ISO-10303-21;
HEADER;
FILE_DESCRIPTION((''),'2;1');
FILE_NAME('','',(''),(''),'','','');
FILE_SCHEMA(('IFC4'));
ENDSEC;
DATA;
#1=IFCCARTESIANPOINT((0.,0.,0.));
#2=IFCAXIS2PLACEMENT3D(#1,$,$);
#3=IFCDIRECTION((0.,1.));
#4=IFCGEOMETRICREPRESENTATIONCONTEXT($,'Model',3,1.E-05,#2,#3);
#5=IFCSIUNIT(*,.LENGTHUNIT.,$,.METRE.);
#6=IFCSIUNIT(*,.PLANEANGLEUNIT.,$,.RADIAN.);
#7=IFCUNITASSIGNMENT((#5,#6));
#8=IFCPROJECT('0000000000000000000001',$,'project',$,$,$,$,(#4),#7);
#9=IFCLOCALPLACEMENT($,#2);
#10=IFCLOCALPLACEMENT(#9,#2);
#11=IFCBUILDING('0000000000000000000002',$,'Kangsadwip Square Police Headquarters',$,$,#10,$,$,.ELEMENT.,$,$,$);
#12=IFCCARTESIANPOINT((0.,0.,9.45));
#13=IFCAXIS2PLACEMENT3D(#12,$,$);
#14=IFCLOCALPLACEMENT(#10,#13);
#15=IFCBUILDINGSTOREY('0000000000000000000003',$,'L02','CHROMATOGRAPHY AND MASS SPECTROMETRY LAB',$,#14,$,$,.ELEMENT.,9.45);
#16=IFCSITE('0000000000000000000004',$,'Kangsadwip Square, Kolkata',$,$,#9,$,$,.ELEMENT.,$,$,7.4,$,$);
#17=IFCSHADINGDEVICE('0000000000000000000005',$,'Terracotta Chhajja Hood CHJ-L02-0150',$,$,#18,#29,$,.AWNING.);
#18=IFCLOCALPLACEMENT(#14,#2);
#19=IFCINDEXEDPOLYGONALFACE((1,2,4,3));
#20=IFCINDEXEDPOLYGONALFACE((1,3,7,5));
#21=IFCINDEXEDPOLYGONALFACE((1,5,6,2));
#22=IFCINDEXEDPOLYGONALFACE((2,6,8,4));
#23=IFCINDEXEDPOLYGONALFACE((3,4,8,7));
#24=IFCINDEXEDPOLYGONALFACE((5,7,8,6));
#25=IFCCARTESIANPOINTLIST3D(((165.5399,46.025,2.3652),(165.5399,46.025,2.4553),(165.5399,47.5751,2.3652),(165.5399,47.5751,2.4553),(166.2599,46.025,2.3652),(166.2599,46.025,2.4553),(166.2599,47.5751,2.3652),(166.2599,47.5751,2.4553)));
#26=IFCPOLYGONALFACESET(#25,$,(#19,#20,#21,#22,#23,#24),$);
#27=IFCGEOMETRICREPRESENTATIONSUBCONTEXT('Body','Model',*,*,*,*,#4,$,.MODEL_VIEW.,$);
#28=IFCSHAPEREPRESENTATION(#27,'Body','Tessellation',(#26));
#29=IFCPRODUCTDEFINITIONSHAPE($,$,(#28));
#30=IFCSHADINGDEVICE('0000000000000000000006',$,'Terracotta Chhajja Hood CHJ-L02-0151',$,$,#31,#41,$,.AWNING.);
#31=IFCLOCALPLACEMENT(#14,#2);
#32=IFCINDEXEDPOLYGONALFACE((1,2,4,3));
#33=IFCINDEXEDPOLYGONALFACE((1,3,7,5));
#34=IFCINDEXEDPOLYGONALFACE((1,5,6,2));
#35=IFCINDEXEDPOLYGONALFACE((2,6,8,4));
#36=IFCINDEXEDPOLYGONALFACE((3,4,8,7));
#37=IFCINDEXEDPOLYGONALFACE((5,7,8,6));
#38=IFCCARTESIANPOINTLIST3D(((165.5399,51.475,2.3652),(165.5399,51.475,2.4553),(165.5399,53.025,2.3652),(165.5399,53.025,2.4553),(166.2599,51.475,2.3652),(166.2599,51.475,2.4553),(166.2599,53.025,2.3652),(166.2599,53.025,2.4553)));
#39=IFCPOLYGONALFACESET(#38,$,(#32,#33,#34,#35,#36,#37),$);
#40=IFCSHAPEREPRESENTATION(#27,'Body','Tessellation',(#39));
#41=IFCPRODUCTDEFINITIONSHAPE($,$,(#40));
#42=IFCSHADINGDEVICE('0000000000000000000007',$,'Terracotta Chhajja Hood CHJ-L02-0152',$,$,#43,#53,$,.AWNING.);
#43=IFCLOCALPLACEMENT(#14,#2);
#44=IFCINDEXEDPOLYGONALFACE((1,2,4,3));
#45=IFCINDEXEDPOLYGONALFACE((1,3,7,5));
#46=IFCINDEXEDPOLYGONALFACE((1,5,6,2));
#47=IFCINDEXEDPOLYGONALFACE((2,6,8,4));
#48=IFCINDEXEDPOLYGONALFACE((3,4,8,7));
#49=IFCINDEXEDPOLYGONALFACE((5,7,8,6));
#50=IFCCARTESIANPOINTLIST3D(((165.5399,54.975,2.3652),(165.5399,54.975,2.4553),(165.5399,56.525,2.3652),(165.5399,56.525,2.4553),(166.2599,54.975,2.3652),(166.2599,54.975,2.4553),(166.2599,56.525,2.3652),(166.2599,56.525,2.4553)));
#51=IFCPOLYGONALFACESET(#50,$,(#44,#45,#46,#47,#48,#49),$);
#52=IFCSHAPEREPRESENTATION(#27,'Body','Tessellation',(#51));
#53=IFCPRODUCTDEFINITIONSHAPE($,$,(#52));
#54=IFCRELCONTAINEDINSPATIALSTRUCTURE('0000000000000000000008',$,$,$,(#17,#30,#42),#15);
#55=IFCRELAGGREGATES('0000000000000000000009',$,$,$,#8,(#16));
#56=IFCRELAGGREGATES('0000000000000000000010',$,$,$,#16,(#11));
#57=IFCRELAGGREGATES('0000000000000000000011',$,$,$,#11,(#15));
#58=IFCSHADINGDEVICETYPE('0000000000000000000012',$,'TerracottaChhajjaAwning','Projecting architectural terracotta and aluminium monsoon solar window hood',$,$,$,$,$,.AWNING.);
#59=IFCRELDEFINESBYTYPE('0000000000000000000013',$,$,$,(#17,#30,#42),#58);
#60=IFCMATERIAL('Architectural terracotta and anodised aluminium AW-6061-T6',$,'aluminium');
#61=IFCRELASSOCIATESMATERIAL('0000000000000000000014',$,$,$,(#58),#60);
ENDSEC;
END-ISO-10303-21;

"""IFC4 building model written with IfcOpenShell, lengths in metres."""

from ifc_helpers import new_model, si_unit, direction, frame, origin, origin_2d, place, context, subcontext, project, spatial, rectangle, extrude, material, type_object, element, save


model = new_model("IFC4")

# Units and contexts
model_context = context("Model", 3, precision=1e-05, world=origin(), true_north=direction((0.0, 1.0)))
body_context = subcontext(model_context, "Body", "Model", "MODEL_VIEW")
ifc_project = project(units=[si_unit("LENGTHUNIT", "METRE"), si_unit("PLANEANGLEUNIT", "RADIAN")], contexts=[model_context])

# Site, building, storey
site_placement = place(None, origin())
site = spatial("IfcSite", under=ifc_project, at=site_placement, Name="Kangsadwip Square, Kolkata", CompositionType="ELEMENT", RefElevation=7.4)
building_placement = place(site_placement, origin())
building = spatial("IfcBuilding", under=site, at=building_placement, Name="Kangsadwip Square Police Headquarters", CompositionType="ELEMENT")
storey_placement = place(building_placement, frame((0.0, 0.0, 9.45)))
storey = spatial("IfcBuildingStorey", under=building, at=storey_placement, Name="L02", Description="CHROMATOGRAPHY AND MASS SPECTROMETRY LAB", CompositionType="ELEMENT", Elevation=9.45)

# Shading devices
ifc_material_1 = material(Name="Architectural terracotta and anodised aluminium AW-6061-T6", Category="aluminium")
shading_device_type = type_object("IfcShadingDeviceType", Name="TerracottaChhajjaAwning", Description="Projecting architectural terracotta and aluminium monsoon solar window hood", PredefinedType="AWNING", material=ifc_material_1)
for number, where, z_axis, x_axis, name in (
    (1, (165.8999, 46.8, 2.3652), (0.0, 0.0, 1.0), (0.0, 1.0, 0.0), "Terracotta Chhajja Hood CHJ-L02-0150"),
    (2, (165.8999, 52.25, 2.3652), (0.0, 0.0, 1.0), (0.0, 1.0, 0.0), "Terracotta Chhajja Hood CHJ-L02-0151"),
    (3, (165.8999, 55.75, 2.3652), (0.0, 0.0, 1.0), (0.0, 1.0, 0.0), "Terracotta Chhajja Hood CHJ-L02-0152"),
):
    element("IfcShadingDevice", number, at=place(storey_placement, frame(where, z_axis=z_axis, x_axis=x_axis)), inside=storey, type_object=shading_device_type, Name=name, PredefinedType="AWNING", context=body_context, shape_type="SweptSolid", body=[
        extrude(rectangle(XDim=1.55, YDim=0.72, at=origin_2d()), origin(), (0.0, 0.0, 1.0), 0.0901),
    ])

save(model, "model.ifc")
